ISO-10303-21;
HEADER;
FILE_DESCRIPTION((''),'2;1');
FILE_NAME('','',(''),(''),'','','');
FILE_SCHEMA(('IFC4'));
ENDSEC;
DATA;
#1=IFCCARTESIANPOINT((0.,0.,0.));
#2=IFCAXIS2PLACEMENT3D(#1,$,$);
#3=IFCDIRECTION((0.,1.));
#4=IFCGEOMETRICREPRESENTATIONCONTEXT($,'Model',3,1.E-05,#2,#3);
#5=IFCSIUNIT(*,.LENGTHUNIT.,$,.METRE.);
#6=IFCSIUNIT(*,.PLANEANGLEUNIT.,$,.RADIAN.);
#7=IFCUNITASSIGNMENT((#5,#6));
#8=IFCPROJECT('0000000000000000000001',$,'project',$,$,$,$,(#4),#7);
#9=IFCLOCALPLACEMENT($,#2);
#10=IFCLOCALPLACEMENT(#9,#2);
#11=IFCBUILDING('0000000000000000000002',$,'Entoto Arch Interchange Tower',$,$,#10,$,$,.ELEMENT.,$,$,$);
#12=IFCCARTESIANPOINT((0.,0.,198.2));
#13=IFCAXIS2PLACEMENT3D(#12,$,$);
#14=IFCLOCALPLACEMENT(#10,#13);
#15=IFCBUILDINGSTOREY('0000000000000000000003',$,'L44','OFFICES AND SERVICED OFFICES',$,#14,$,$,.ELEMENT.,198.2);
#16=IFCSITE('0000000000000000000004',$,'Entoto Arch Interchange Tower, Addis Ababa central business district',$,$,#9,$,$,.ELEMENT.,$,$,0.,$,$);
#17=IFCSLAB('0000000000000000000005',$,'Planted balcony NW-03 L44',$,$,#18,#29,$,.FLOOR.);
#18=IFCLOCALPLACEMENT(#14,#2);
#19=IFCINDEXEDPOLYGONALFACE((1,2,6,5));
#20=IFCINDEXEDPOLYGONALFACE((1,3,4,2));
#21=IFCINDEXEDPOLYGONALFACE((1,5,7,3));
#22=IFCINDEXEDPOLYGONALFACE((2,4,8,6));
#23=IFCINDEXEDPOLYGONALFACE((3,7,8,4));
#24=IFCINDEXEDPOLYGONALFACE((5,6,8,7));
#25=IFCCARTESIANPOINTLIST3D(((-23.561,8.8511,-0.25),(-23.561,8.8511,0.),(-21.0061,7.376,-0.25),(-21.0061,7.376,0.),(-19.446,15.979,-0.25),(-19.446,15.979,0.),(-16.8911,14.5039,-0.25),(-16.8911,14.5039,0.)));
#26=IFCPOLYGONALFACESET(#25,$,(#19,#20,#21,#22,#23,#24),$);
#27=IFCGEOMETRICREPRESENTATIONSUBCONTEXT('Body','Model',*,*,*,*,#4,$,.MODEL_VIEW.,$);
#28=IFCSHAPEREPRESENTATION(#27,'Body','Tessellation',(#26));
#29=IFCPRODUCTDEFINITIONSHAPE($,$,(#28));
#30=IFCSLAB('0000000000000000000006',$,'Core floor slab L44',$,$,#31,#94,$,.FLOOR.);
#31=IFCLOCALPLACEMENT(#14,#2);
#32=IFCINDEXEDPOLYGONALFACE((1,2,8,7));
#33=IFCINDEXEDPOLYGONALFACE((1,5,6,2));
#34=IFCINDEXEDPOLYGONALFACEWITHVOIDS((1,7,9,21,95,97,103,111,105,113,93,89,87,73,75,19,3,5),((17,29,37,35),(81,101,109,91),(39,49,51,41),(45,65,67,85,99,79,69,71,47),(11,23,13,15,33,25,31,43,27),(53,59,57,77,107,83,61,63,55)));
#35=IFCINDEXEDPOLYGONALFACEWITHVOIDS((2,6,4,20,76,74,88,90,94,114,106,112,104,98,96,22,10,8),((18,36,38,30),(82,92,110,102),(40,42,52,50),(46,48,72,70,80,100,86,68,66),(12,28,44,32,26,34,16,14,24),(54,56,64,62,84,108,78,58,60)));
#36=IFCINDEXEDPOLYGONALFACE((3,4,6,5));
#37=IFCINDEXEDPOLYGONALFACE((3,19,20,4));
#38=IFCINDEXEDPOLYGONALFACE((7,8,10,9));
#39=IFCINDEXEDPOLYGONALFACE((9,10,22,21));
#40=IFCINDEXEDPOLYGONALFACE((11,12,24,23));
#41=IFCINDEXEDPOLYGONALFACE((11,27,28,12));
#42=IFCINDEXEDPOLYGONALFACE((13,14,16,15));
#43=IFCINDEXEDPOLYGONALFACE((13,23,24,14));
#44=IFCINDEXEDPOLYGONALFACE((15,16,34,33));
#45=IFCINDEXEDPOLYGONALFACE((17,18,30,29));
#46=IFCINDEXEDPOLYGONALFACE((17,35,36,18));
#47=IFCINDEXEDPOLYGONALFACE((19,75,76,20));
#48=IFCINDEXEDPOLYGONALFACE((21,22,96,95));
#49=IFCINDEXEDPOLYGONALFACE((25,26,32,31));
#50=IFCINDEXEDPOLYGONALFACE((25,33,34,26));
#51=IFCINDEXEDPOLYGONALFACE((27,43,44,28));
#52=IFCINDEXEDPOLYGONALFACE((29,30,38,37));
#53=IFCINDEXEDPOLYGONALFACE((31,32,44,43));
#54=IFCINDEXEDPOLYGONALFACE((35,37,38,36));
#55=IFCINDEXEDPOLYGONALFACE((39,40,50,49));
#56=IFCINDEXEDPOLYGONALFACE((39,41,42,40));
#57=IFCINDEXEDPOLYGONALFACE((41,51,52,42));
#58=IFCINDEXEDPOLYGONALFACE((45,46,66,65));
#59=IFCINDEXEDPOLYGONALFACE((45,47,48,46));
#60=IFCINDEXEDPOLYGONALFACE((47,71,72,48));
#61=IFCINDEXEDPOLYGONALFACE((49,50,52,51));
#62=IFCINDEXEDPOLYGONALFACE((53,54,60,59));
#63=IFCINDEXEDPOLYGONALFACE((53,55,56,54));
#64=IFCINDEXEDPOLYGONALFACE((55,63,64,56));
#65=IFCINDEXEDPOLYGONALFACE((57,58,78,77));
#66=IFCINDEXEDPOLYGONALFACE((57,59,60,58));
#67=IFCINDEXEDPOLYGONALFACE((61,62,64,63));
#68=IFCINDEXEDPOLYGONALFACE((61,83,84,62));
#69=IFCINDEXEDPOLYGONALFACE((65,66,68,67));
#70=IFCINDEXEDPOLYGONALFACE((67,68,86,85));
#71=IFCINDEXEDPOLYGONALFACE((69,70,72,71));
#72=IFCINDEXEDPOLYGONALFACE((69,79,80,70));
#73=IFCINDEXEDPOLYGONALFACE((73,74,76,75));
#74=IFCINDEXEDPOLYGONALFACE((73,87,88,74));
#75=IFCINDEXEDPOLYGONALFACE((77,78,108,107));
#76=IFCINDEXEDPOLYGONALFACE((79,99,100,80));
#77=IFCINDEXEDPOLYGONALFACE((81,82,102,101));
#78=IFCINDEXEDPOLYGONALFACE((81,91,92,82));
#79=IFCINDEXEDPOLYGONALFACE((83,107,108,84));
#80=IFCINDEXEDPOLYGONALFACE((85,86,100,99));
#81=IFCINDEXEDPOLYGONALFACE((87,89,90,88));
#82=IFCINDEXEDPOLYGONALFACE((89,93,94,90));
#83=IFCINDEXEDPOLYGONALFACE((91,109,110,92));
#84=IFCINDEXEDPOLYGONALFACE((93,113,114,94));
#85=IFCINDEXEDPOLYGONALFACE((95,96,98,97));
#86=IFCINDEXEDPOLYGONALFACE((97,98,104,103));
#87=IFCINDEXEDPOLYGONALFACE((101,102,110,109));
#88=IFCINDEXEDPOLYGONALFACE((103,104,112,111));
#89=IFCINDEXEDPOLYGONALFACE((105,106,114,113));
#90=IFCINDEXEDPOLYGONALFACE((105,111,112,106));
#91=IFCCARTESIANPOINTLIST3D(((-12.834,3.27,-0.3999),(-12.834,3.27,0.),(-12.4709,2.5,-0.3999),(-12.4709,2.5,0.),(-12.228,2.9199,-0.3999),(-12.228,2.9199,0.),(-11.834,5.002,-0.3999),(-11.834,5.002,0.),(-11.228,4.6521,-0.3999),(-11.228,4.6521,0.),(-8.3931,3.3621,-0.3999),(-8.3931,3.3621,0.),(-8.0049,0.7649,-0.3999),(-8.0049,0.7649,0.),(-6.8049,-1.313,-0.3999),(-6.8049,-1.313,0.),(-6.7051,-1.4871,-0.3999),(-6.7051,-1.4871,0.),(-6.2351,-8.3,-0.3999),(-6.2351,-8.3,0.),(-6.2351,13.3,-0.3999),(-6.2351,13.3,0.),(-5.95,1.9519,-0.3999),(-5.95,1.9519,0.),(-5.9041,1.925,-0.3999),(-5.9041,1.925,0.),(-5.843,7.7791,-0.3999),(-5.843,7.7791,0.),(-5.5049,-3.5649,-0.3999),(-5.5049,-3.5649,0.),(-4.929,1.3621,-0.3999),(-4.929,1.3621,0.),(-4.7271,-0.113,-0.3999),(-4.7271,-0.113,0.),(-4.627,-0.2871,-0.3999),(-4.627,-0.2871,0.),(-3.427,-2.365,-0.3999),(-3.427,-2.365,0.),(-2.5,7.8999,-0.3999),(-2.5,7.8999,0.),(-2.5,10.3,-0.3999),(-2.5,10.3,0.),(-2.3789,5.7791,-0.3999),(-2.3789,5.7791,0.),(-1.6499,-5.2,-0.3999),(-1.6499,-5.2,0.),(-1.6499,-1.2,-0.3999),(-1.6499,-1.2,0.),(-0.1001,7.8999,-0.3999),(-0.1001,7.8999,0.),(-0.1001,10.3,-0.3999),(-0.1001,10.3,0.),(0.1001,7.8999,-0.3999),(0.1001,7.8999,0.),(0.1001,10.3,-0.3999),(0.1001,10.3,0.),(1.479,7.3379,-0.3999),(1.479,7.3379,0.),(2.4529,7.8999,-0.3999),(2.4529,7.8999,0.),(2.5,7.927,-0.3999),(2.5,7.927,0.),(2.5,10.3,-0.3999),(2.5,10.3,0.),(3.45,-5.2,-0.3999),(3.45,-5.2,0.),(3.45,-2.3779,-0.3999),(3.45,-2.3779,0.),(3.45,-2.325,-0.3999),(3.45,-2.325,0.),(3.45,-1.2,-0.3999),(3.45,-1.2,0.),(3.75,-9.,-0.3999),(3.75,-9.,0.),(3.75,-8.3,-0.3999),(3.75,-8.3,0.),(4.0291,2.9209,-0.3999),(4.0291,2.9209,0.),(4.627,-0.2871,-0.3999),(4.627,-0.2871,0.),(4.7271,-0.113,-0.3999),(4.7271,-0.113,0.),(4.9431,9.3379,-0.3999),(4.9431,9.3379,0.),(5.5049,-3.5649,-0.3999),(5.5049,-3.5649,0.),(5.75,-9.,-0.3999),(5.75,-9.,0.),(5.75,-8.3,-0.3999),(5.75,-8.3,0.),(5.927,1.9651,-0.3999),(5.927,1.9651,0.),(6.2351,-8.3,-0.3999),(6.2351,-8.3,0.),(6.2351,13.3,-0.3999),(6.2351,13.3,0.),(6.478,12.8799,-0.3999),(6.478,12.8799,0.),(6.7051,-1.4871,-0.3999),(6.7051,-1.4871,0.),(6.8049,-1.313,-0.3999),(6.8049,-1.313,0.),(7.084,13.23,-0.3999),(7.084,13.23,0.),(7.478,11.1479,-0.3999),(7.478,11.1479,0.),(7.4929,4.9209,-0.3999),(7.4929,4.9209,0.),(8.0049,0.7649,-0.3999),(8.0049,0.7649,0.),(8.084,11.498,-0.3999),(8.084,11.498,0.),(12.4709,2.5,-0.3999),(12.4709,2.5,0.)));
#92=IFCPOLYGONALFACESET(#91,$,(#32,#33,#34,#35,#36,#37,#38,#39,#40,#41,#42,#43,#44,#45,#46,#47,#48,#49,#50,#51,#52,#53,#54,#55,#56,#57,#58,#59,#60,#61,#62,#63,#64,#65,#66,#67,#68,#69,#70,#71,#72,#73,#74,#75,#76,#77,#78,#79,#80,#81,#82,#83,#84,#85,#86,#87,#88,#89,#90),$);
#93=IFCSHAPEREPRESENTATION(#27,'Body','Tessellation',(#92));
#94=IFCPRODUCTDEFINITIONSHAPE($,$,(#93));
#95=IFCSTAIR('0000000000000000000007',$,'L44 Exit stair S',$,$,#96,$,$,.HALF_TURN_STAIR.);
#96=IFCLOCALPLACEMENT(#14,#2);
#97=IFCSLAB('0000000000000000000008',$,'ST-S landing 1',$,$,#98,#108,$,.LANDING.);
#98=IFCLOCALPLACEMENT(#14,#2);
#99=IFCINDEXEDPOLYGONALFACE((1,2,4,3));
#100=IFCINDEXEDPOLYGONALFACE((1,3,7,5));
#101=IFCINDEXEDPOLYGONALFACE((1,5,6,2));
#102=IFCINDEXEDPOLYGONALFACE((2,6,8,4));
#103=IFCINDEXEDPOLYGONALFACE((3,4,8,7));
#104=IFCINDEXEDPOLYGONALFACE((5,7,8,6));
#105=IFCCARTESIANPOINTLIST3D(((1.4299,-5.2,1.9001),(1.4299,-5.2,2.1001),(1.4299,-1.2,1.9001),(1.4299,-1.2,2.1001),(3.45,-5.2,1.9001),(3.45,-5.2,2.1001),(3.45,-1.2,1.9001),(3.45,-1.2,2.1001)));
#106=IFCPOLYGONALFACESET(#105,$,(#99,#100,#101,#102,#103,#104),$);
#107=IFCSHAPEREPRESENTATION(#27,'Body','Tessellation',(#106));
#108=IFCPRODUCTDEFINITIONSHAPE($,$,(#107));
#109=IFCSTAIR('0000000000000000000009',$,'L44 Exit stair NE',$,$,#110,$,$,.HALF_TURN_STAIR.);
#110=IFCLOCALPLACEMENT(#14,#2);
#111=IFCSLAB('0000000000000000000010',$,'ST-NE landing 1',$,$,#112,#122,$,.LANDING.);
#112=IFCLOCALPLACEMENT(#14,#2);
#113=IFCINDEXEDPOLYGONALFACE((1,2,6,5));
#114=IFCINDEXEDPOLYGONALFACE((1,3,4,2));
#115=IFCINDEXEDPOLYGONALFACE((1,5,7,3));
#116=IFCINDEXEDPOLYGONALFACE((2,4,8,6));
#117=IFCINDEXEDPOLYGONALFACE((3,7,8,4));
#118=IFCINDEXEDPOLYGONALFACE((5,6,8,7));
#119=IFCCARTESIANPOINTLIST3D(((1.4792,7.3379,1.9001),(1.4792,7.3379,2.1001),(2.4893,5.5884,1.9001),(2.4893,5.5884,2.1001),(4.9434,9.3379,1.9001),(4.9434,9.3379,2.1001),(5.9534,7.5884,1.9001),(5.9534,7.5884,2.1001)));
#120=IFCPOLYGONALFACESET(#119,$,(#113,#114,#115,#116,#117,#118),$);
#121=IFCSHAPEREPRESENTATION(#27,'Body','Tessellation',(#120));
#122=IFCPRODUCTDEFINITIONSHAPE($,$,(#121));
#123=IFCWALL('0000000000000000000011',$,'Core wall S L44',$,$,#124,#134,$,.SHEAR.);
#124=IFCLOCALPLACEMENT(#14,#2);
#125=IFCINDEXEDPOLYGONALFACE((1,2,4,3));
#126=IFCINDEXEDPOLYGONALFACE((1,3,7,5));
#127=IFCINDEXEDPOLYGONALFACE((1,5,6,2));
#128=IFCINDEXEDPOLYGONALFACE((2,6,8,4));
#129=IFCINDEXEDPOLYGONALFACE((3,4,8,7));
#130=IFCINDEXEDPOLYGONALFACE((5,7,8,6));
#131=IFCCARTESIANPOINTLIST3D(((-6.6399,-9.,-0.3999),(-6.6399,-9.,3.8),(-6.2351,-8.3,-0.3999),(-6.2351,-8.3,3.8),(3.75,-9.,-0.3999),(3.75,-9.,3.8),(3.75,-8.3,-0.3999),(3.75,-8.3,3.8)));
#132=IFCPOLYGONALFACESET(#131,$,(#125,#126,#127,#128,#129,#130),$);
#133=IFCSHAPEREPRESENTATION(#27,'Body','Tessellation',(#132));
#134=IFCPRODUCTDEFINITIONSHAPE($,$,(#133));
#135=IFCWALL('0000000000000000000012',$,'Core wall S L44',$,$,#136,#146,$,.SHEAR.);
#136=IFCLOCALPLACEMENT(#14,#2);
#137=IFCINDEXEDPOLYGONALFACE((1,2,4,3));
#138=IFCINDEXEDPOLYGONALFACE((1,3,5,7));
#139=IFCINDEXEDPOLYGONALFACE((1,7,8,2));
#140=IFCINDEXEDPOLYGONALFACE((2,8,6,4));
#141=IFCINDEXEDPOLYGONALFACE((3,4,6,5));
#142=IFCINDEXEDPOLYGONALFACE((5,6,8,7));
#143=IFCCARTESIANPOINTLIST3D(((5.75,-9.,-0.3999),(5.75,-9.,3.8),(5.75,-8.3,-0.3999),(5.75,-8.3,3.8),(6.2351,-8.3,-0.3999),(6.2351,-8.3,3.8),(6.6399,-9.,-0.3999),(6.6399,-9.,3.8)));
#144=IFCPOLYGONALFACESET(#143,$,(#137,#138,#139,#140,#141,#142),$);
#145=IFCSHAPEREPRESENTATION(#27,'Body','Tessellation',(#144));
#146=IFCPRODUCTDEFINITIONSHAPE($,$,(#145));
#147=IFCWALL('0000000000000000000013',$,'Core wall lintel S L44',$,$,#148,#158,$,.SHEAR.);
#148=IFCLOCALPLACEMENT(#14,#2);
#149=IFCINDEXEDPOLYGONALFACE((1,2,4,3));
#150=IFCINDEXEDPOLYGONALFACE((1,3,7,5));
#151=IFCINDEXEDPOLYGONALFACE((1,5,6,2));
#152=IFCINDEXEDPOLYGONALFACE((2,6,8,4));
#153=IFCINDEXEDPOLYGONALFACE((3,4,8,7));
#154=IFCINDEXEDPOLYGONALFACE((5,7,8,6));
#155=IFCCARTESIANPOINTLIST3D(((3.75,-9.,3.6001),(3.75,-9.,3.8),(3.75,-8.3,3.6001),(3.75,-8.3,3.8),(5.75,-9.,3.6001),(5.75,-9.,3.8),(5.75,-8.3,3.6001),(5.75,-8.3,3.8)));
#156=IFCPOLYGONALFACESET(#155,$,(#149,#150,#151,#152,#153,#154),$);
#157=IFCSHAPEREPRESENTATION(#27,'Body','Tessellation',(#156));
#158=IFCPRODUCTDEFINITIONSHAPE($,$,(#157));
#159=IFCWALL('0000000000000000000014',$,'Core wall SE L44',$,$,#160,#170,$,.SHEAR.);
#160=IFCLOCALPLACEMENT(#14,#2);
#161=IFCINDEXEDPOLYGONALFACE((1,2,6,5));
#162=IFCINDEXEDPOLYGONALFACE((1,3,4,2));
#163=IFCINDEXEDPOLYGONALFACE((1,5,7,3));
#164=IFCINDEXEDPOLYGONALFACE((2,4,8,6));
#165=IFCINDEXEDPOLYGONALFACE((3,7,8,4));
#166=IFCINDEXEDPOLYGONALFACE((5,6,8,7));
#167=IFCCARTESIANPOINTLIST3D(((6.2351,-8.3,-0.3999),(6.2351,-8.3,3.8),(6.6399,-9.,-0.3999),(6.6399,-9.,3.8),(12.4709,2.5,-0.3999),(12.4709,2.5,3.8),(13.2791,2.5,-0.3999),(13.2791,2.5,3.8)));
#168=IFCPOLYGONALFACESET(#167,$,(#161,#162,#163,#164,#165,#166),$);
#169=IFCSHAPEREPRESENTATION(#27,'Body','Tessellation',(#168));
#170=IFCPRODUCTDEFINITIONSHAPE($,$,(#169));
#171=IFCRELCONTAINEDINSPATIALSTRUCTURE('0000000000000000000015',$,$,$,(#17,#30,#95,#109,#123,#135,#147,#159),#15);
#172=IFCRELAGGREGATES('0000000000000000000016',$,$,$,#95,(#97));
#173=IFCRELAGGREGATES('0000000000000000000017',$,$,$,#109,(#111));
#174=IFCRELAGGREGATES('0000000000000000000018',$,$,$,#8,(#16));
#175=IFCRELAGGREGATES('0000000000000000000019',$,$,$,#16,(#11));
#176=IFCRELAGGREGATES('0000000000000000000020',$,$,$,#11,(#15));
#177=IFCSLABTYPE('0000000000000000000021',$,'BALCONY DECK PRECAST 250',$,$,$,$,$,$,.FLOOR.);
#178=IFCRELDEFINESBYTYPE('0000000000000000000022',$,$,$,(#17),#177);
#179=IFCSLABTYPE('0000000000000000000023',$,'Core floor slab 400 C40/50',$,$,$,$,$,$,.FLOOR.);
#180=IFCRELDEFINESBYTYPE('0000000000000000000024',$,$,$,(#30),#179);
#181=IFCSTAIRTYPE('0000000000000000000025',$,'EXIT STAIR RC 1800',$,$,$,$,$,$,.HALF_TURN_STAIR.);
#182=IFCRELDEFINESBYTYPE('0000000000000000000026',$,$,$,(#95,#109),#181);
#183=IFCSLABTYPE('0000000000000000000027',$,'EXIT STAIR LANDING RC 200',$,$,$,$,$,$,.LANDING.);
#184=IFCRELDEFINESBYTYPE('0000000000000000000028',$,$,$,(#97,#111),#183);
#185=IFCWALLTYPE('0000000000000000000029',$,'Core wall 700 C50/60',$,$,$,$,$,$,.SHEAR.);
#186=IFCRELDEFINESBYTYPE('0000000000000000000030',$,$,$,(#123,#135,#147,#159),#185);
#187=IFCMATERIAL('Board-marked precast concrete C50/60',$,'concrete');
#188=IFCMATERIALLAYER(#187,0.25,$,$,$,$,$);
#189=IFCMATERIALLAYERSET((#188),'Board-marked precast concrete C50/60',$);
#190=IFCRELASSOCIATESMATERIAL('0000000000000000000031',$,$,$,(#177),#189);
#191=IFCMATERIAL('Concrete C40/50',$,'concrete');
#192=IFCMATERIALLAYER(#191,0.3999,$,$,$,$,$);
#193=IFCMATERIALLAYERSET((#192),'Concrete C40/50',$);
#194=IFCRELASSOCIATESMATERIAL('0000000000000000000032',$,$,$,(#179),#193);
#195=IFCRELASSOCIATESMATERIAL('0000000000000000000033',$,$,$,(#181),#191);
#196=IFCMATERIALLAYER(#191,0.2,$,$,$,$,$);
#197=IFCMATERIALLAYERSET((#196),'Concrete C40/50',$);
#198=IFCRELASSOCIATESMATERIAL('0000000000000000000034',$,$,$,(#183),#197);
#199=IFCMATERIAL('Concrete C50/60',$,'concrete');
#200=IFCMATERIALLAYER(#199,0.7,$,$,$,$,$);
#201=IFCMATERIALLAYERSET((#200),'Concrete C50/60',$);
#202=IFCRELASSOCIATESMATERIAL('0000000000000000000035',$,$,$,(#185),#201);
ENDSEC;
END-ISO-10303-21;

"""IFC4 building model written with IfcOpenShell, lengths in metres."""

from ifc_helpers import new_model, si_unit, direction, frame, origin, place, context, subcontext, project, spatial, polyline, outline, extrude, material, layer, layer_set, type_object, element, aggregate, save


model = new_model("IFC4")

# Units and contexts
model_context = context("Model", 3, precision=1e-05, world=origin(), true_north=direction((0.0, 1.0)))
body_context = subcontext(model_context, "Body", "Model", "MODEL_VIEW")
ifc_project = project(units=[si_unit("LENGTHUNIT", "METRE"), si_unit("PLANEANGLEUNIT", "RADIAN")], contexts=[model_context])

# Site, building, storey
site_placement = place(None, origin())
site = spatial("IfcSite", under=ifc_project, at=site_placement, Name="Entoto Arch Interchange Tower, Addis Ababa central business district", CompositionType="ELEMENT", RefElevation=0.0)
building_placement = place(site_placement, origin())
building = spatial("IfcBuilding", under=site, at=building_placement, Name="Entoto Arch Interchange Tower", CompositionType="ELEMENT")
storey_placement = place(building_placement, frame((0.0, 0.0, 198.2)))
storey = spatial("IfcBuildingStorey", under=building, at=storey_placement, Name="L44", Description="OFFICES AND SERVICED OFFICES", CompositionType="ELEMENT", Elevation=198.2)

# Slabs
ifc_material_1 = material(Name="Board-marked precast concrete C50/60", Category="concrete")
ifc_layer_1 = layer(ifc_material_1, 0.25)
ifc_layer_set_1 = layer_set([ifc_layer_1], Name="Board-marked precast concrete C50/60")
slab_type_1 = type_object("IfcSlabType", Name="BALCONY DECK PRECAST 250", PredefinedType="FLOOR", material=ifc_layer_set_1)
slab_1_placement = place(storey_placement, frame((0.0, 0.0, -0.25)))
element("IfcSlab", 1, at=slab_1_placement, inside=storey, type_object=slab_type_1, Name="Planted balcony NW-03 L44", PredefinedType="FLOOR", context=body_context, shape_type="SweptSolid", body=[
    extrude(outline(polyline([(-16.8911, 14.5039), (-21.0061, 7.376), (-23.561, 8.8511), (-19.446, 15.979), (-16.8911, 14.5039)])), origin(), (0.0, 0.0, 1.0), 0.25),
])
ifc_material_2 = material(Name="Concrete C40/50", Category="concrete")
ifc_layer_2 = layer(ifc_material_2, 0.3999)
ifc_layer_set_2 = layer_set([ifc_layer_2], Name="Concrete C40/50")
slab_type_2 = type_object("IfcSlabType", Name="Core floor slab 400 C40/50", PredefinedType="FLOOR", material=ifc_layer_set_2)
slab_2_placement = place(storey_placement, frame((0.0, 0.0, -0.3999)))
element("IfcSlab", 2, at=slab_2_placement, inside=storey, type_object=slab_type_2, Name="Core floor slab L44", PredefinedType="FLOOR", context=body_context, shape_type="SweptSolid", body=[
    extrude(outline(polyline([(5.75, -9.0), (3.75, -9.0), (3.75, -8.3), (-6.2351, -8.3), (-12.4709, 2.5), (-12.228, 2.9199), (-12.834, 3.27), (-11.834, 5.002), (-11.228, 4.6521), (-6.2351, 13.3), (6.2351, 13.3), (6.478, 12.8799), (7.084, 13.23), (8.084, 11.498), (7.478, 11.1479), (12.4709, 2.5), (6.2351, -8.3), (5.75, -8.3), (5.75, -9.0)]), holes=[polyline([(-1.6499, -5.2), (3.45, -5.2), (3.45, -2.3779), (5.5049, -3.5649), (6.7051, -1.4871), (4.627, -0.2871), (3.45, -2.325), (3.45, -1.2), (-1.6499, -1.2), (-1.6499, -5.2)]), polyline([(-4.627, -0.2871), (-6.7051, -1.4871), (-5.5049, -3.5649), (-3.427, -2.365), (-4.627, -0.2871)]), polyline([(-5.9041, 1.925), (-4.929, 1.3621), (-2.3789, 5.7791), (-5.843, 7.7791), (-8.3931, 3.3621), (-5.95, 1.9519), (-8.0049, 0.7649), (-6.8049, -1.313), (-4.7271, -0.113), (-5.9041, 1.925)]), polyline([(4.7271, -0.113), (6.8049, -1.313), (8.0049, 0.7649), (5.927, 1.9651), (4.7271, -0.113)]), polyline([(2.5, 7.927), (2.5, 10.3), (0.1001, 10.3), (0.1001, 7.8999), (2.4529, 7.8999), (1.479, 7.3379), (4.0291, 2.9209), (7.4929, 4.9209), (4.9431, 9.3379), (2.5, 7.927)]), polyline([(-2.5, 7.8999), (-0.1001, 7.8999), (-0.1001, 10.3), (-2.5, 10.3), (-2.5, 7.8999)])]), origin(), (0.0, 0.0, 1.0), 0.3999),
])

# Stairs, slabs
stair_type = type_object("IfcStairType", Name="EXIT STAIR RC 1800", PredefinedType="HALF_TURN_STAIR", material=ifc_material_2)
stair_1_placement = place(storey_placement, origin())
stair_1 = element("IfcStair", 3, at=stair_1_placement, inside=storey, type_object=stair_type, Name="L44 Exit stair S", PredefinedType="HALF_TURN_STAIR")
ifc_layer_3 = layer(ifc_material_2, 0.2)
ifc_layer_set_3 = layer_set([ifc_layer_3], Name="Concrete C40/50")
slab_type_3 = type_object("IfcSlabType", Name="EXIT STAIR LANDING RC 200", PredefinedType="LANDING", material=ifc_layer_set_3)
slab_3_placement = place(storey_placement, frame((0.0, 0.0, 1.9001)))
slab_3 = element("IfcSlab", 4, at=slab_3_placement, type_object=slab_type_3, Name="ST-S landing 1", PredefinedType="LANDING", context=body_context, shape_type="SweptSolid", body=[
    extrude(outline(polyline([(1.4299, -5.2), (3.45, -5.2), (3.45, -1.2), (1.4299, -1.2), (1.4299, -5.2)])), origin(), (0.0, 0.0, 1.0), 0.2),
])
aggregate(stair_1, [slab_3])
stair_2_placement = place(storey_placement, origin())
stair_2 = element("IfcStair", 5, at=stair_2_placement, inside=storey, type_object=stair_type, Name="L44 Exit stair NE", PredefinedType="HALF_TURN_STAIR")
slab_4_placement = place(storey_placement, frame((0.0, 0.0, 1.9001)))
slab_4 = element("IfcSlab", 6, at=slab_4_placement, type_object=slab_type_3, Name="ST-NE landing 1", PredefinedType="LANDING", context=body_context, shape_type="SweptSolid", body=[
    extrude(outline(polyline([(5.9534, 7.5884), (4.9434, 9.3379), (1.4792, 7.3379), (2.4893, 5.5884), (5.9534, 7.5884)])), origin(), (0.0, 0.0, 1.0), 0.2),
])
aggregate(stair_2, [slab_4])

# Walls
ifc_material_3 = material(Name="Concrete C50/60", Category="concrete")
ifc_layer_4 = layer(ifc_material_3, 0.7)
ifc_layer_set_4 = layer_set([ifc_layer_4], Name="Concrete C50/60")
wall_type_1 = type_object("IfcWallType", Name="Core wall 700 C50/60", PredefinedType="SHEAR", material=ifc_layer_set_4)
wall_1_placement = place(storey_placement, frame((0.0, 0.0, -0.3999)))
element("IfcWall", 7, at=wall_1_placement, inside=storey, type_object=wall_type_1, Name="Core wall S L44", PredefinedType="SHEAR", context=body_context, shape_type="SweptSolid", body=[
    extrude(outline(polyline([(3.75, -9.0), (3.75, -8.3), (-6.2351, -8.3), (-6.6399, -9.0), (3.75, -9.0)])), origin(), (0.0, 0.0, 1.0), 4.2),
])
wall_2_placement = place(storey_placement, frame((0.0, 0.0, -0.3999)))
element("IfcWall", 8, at=wall_2_placement, inside=storey, type_object=wall_type_1, Name="Core wall S L44", PredefinedType="SHEAR", context=body_context, shape_type="SweptSolid", body=[
    extrude(outline(polyline([(5.75, -8.3), (5.75, -9.0), (6.6399, -9.0), (6.2351, -8.3), (5.75, -8.3)])), origin(), (0.0, 0.0, 1.0), 4.2),
])
wall_3_placement = place(storey_placement, frame((0.0, 0.0, 3.6001)))
element("IfcWall", 9, at=wall_3_placement, inside=storey, type_object=wall_type_1, Name="Core wall lintel S L44", PredefinedType="SHEAR", context=body_context, shape_type="SweptSolid", body=[
    extrude(outline(polyline([(5.75, -9.0), (5.75, -8.3), (3.75, -8.3), (3.75, -9.0), (5.75, -9.0)])), origin(), (0.0, 0.0, 1.0), 0.2),
])
wall_4_placement = place(storey_placement, frame((0.0, 0.0, -0.3999)))
element("IfcWall", 10, at=wall_4_placement, inside=storey, type_object=wall_type_1, Name="Core wall SE L44", PredefinedType="SHEAR", context=body_context, shape_type="SweptSolid", body=[
    extrude(outline(polyline([(6.6399, -9.0), (13.2791, 2.5), (12.4709, 2.5), (6.2351, -8.3), (6.6399, -9.0)])), origin(), (0.0, 0.0, 1.0), 4.2),
])

save(model, "model.ifc")
